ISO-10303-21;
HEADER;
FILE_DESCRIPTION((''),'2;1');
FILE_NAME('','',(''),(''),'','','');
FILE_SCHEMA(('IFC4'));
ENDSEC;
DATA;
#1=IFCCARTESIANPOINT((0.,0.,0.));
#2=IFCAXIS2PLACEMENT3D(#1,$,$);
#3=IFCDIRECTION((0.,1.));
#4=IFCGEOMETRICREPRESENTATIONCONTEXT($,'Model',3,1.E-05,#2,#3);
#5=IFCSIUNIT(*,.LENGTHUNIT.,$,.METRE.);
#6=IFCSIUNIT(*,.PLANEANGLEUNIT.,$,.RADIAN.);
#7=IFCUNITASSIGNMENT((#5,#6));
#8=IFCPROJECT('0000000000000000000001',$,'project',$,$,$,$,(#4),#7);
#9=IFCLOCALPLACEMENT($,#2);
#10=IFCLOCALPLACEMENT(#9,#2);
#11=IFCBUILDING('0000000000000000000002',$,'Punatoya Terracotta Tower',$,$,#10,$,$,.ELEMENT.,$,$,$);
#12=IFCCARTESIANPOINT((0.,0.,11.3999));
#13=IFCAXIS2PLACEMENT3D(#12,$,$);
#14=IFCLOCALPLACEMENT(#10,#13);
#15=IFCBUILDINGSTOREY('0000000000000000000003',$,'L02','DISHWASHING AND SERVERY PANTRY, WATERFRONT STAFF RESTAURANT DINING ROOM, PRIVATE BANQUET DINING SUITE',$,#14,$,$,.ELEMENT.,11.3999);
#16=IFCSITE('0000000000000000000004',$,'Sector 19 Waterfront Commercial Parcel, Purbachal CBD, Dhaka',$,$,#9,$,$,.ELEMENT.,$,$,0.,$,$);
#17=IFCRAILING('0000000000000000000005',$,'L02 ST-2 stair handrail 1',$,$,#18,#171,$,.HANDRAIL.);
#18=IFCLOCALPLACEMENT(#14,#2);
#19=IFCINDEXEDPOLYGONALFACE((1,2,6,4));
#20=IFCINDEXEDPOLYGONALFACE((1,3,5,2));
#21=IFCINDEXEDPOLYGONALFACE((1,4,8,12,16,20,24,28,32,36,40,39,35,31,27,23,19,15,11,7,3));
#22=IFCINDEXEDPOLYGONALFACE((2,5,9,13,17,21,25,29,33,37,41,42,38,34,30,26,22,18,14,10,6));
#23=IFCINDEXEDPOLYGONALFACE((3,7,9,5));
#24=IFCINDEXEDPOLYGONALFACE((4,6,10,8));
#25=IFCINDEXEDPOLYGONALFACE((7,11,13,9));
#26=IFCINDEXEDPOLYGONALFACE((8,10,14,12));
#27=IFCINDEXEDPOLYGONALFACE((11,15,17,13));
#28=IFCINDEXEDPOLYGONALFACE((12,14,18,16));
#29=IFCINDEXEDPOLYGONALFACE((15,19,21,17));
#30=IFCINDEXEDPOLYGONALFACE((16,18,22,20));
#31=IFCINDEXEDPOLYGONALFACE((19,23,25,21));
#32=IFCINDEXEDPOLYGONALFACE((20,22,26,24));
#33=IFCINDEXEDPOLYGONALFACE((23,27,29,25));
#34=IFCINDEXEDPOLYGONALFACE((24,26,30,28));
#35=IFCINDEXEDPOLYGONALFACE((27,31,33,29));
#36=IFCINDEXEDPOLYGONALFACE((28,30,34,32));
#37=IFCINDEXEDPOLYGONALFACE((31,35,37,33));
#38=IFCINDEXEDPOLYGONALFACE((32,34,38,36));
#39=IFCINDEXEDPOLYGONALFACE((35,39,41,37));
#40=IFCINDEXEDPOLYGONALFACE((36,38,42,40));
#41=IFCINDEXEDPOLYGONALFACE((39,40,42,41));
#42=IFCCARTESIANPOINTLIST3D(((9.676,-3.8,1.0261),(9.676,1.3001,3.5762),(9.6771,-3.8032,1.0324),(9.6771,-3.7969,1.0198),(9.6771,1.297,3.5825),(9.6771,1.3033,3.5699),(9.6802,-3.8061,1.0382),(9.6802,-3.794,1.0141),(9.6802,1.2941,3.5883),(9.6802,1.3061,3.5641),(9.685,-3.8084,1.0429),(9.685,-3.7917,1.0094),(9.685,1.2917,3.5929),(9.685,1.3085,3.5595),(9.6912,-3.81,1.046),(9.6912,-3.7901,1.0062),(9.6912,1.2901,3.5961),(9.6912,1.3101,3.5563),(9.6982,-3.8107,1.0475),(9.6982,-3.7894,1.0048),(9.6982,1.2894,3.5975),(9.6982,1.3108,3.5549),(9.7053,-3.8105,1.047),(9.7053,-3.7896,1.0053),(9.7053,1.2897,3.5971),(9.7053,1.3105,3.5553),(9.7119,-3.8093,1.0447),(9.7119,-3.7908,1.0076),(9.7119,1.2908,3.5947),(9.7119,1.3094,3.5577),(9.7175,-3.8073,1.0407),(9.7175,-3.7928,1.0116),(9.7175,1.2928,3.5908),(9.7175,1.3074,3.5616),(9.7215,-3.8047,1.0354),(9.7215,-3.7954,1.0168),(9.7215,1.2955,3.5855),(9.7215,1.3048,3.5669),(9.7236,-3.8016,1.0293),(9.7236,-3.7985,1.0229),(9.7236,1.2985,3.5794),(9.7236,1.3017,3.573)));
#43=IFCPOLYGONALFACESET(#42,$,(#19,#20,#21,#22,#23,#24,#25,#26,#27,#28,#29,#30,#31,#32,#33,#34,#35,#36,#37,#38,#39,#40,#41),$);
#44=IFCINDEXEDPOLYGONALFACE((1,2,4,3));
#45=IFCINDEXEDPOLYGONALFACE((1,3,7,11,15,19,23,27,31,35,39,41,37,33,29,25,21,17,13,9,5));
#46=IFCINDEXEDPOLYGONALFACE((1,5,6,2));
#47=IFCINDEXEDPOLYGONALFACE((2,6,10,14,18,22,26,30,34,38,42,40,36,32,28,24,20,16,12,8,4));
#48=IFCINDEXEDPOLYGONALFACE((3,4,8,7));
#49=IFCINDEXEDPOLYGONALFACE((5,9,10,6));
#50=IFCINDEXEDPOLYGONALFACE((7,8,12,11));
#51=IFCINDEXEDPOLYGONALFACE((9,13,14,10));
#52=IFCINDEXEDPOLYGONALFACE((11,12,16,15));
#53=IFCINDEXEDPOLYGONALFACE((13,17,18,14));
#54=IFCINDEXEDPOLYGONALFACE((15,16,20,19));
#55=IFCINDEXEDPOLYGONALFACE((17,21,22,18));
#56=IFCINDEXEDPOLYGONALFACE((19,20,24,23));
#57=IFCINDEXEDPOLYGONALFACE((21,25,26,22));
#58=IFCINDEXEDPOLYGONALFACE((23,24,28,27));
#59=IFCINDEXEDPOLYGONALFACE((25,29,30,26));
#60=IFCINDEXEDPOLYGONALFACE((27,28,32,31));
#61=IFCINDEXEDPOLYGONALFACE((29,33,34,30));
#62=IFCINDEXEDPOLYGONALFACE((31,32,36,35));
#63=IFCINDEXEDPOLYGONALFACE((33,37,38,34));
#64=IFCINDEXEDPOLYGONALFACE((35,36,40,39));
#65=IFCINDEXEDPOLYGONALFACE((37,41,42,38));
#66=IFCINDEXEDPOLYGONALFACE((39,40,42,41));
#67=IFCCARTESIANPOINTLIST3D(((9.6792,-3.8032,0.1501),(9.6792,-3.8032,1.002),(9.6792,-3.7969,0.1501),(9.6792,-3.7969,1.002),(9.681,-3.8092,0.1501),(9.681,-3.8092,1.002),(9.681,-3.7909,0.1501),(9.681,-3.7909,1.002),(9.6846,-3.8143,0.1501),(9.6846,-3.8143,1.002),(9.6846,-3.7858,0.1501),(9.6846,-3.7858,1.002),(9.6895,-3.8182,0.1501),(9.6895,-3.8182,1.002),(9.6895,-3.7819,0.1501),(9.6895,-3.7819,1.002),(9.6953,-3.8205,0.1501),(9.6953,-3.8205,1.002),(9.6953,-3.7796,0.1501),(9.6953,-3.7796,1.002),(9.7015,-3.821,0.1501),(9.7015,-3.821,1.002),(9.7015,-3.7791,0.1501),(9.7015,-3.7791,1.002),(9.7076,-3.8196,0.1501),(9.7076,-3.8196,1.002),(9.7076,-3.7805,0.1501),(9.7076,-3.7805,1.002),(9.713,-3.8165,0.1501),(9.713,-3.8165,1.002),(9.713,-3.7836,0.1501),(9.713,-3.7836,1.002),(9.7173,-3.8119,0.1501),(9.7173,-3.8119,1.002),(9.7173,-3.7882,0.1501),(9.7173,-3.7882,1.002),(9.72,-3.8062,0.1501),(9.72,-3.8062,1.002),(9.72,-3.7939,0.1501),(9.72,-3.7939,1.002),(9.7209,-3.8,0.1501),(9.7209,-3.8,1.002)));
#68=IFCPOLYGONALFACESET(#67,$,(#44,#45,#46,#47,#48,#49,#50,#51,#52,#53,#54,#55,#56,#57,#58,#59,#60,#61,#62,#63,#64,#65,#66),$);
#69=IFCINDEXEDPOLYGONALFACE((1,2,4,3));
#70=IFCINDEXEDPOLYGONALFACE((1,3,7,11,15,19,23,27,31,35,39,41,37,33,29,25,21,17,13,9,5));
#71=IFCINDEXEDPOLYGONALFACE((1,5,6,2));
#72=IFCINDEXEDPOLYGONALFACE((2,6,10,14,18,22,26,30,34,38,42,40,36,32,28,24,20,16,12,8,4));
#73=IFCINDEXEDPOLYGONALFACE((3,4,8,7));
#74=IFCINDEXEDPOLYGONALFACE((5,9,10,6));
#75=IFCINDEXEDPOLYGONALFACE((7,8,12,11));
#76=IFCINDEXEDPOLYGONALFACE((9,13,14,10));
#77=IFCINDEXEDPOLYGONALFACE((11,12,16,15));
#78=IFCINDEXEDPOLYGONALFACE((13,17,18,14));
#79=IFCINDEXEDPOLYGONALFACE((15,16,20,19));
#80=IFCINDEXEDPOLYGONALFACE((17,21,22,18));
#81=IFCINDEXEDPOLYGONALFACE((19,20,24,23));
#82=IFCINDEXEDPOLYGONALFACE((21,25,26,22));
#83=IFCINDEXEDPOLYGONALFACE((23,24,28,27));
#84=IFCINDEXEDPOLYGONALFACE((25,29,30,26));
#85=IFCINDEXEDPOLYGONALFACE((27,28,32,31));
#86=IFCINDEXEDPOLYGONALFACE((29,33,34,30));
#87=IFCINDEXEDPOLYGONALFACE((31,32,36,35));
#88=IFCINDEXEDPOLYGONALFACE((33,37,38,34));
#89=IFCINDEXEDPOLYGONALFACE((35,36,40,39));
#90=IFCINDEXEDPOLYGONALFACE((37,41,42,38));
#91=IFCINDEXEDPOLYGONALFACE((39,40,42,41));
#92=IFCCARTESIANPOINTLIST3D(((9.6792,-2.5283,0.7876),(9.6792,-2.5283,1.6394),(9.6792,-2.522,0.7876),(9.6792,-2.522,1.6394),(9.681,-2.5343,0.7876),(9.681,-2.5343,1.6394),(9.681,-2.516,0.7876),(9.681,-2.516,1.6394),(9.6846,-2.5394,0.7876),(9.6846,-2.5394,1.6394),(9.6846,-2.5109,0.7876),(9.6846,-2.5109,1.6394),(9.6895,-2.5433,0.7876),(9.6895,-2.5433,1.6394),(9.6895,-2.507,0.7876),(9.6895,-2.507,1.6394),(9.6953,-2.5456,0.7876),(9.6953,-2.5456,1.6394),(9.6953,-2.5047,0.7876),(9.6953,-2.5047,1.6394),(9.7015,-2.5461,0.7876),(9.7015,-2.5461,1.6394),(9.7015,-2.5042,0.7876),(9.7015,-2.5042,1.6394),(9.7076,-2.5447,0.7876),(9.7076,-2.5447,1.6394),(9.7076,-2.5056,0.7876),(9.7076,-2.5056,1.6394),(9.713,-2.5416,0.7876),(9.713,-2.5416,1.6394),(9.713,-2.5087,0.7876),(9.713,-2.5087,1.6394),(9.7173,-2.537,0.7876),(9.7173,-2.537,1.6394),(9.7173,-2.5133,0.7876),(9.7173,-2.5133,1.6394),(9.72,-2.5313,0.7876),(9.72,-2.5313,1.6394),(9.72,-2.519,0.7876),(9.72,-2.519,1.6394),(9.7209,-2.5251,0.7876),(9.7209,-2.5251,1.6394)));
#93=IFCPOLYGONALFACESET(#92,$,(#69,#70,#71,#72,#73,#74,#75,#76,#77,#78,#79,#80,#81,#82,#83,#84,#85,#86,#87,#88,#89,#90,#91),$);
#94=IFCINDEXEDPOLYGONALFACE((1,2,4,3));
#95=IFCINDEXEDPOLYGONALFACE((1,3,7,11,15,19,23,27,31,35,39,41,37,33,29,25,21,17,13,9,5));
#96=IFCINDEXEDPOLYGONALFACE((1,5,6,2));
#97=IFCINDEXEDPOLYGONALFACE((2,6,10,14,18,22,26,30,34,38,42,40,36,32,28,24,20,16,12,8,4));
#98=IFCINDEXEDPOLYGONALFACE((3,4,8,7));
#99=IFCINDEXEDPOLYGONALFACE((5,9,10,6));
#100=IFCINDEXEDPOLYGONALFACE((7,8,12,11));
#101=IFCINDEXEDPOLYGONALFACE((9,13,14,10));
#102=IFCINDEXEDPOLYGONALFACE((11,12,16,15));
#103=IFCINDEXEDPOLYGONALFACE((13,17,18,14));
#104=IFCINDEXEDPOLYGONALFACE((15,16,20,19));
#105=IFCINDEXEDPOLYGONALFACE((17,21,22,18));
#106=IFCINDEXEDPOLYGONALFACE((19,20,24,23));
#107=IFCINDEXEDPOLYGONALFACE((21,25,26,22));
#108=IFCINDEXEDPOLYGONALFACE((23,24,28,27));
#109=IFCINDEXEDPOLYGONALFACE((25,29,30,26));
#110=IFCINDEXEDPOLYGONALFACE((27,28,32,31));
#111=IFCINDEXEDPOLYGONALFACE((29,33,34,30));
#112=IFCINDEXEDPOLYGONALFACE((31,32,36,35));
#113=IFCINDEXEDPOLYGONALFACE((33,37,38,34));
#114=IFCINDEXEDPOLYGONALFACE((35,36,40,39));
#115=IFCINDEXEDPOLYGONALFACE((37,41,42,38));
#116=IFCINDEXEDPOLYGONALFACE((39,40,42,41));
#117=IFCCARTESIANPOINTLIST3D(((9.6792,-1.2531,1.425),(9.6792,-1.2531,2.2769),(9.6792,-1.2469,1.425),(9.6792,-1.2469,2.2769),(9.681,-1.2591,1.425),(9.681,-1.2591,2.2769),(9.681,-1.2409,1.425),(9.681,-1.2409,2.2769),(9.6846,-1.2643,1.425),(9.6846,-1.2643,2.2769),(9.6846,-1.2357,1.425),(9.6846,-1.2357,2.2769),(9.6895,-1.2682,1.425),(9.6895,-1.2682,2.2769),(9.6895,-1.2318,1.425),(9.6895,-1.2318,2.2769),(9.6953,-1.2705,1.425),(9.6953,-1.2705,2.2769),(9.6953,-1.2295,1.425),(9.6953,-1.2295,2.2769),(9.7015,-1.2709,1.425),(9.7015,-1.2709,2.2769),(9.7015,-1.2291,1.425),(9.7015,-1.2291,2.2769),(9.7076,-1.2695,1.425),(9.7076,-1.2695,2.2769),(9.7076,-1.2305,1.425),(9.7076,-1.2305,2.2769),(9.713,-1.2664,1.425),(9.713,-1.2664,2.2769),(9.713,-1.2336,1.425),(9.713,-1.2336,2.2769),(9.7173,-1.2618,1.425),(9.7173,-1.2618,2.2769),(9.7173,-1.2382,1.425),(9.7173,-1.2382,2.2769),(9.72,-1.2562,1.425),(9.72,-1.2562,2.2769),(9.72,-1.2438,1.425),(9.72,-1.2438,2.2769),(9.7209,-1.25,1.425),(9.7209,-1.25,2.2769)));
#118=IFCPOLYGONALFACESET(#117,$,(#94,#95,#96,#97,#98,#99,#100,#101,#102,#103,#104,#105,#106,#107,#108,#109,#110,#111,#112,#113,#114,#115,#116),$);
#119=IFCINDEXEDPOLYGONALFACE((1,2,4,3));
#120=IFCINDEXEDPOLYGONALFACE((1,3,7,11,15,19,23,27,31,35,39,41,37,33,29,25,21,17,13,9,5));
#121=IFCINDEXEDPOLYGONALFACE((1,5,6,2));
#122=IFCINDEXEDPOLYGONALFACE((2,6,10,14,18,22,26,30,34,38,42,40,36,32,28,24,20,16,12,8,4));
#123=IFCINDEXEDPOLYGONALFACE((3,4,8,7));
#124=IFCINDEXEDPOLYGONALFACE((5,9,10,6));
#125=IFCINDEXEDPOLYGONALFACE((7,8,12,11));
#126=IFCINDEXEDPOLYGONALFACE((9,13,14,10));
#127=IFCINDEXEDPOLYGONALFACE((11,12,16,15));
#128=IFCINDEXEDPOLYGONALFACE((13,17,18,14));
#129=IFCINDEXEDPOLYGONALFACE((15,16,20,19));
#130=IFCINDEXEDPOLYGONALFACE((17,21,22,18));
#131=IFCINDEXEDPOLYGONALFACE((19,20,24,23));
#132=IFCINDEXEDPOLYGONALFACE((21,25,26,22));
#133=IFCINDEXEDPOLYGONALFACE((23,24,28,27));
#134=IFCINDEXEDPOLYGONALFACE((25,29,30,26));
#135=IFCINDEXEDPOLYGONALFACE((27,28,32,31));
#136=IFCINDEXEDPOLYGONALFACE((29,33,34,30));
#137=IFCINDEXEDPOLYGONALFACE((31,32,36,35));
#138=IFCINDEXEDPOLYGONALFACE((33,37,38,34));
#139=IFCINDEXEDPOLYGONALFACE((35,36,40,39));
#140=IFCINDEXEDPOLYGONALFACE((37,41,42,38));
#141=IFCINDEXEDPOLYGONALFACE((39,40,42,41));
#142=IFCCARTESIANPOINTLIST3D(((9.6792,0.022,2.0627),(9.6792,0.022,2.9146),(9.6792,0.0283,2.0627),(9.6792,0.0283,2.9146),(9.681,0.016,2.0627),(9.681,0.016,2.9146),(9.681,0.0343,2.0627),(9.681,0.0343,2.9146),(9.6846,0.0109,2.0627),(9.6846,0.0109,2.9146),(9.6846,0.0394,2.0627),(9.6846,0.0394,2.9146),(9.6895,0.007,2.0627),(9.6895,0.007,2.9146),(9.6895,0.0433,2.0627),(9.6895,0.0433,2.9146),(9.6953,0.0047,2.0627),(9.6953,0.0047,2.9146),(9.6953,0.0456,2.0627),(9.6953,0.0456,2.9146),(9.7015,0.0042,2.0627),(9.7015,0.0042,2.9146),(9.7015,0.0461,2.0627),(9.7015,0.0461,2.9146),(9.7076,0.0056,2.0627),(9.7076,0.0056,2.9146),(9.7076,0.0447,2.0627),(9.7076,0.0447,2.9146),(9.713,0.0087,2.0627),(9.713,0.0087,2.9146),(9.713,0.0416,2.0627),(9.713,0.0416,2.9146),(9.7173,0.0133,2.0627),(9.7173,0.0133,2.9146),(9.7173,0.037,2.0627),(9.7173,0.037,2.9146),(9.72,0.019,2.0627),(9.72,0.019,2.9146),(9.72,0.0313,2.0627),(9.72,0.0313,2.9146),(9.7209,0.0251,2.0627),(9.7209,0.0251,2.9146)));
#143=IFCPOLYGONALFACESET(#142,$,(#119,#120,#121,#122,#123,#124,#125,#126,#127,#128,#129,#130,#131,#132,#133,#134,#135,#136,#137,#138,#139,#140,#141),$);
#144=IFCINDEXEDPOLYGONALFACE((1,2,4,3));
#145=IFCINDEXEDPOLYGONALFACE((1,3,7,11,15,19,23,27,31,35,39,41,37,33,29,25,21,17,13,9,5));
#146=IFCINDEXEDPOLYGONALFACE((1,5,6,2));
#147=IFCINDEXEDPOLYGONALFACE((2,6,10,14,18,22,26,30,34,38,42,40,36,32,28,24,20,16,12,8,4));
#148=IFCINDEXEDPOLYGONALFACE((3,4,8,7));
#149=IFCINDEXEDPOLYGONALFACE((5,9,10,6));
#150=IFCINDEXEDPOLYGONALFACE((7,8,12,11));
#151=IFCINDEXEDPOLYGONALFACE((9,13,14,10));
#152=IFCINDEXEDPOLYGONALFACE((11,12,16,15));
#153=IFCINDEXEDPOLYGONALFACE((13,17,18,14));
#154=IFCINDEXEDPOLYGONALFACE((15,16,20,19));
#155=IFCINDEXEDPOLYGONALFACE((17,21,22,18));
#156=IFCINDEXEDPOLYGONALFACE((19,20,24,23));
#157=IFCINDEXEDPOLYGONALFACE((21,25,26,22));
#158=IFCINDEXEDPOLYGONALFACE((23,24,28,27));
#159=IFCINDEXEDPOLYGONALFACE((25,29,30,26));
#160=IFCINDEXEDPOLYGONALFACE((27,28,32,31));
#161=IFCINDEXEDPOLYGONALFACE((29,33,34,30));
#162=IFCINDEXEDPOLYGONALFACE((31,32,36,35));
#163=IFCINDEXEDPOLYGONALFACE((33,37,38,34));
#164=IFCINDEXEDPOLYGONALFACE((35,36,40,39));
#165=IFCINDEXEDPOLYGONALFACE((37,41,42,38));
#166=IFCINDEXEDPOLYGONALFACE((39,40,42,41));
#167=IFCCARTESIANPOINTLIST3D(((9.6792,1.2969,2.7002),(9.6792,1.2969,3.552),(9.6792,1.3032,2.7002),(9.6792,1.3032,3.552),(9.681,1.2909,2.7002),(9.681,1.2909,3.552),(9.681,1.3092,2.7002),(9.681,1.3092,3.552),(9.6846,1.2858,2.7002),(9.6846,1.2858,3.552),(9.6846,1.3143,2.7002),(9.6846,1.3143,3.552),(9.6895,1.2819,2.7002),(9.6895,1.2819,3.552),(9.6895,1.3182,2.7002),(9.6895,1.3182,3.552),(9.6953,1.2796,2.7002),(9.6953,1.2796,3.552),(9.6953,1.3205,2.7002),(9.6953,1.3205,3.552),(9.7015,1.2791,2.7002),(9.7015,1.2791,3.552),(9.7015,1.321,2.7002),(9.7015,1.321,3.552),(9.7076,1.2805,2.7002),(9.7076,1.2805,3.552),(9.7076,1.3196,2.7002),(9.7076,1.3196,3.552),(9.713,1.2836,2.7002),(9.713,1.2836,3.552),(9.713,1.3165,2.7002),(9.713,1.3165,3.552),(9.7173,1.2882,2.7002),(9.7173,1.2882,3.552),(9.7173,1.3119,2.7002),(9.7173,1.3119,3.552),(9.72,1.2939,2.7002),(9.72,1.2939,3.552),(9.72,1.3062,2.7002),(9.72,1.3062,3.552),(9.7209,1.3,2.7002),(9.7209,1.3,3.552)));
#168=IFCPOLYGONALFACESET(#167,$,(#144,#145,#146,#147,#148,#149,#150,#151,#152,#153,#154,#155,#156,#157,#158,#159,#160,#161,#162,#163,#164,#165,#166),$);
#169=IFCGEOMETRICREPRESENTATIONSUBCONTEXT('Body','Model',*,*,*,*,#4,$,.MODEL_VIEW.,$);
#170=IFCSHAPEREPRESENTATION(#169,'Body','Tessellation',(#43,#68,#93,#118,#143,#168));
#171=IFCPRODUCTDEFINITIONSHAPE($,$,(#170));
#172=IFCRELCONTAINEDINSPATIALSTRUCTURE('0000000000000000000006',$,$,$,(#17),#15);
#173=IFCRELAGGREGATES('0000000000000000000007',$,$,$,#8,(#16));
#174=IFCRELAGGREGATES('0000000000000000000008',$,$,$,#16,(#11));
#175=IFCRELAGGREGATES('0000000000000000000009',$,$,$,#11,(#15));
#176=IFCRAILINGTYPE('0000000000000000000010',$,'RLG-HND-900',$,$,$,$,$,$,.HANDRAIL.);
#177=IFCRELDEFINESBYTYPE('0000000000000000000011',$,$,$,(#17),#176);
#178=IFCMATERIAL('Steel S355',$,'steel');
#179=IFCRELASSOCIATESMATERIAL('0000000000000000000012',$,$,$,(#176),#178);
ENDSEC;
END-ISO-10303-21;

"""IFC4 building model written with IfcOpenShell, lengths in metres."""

from ifc_helpers import new_model, si_unit, direction, frame, origin, origin_2d, place, context, subcontext, project, spatial, circle, extrude, material, type_object, element, save


model = new_model("IFC4")

# Units and contexts
model_context = context("Model", 3, precision=1e-05, world=origin(), true_north=direction((0.0, 1.0)))
body_context = subcontext(model_context, "Body", "Model", "MODEL_VIEW")
ifc_project = project(units=[si_unit("LENGTHUNIT", "METRE"), si_unit("PLANEANGLEUNIT", "RADIAN")], contexts=[model_context])

# Site, building, storey
site_placement = place(None, origin())
site = spatial("IfcSite", under=ifc_project, at=site_placement, Name="Sector 19 Waterfront Commercial Parcel, Purbachal CBD, Dhaka", CompositionType="ELEMENT", RefElevation=0.0)
building_placement = place(site_placement, origin())
building = spatial("IfcBuilding", under=site, at=building_placement, Name="Punatoya Terracotta Tower", CompositionType="ELEMENT")
storey_placement = place(building_placement, frame((0.0, 0.0, 11.3999)))
storey = spatial("IfcBuildingStorey", under=building, at=storey_placement, Name="L02", Description="DISHWASHING AND SERVERY PANTRY, WATERFRONT STAFF RESTAURANT DINING ROOM, PRIVATE BANQUET DINING SUITE", CompositionType="ELEMENT", Elevation=11.3999)

# Shared definitions
ifc_material_1 = material(Name="Steel S355", Category="steel")

# Railing
railing_type = type_object("IfcRailingType", Name="RLG-HND-900", PredefinedType="HANDRAIL", material=ifc_material_1)
railing_placement = place(storey_placement, frame((9.7, -3.8, 0.1501)))
element("IfcRailing", 1, at=railing_placement, inside=storey, type_object=railing_type, Name="L02 ST-2 stair handrail 1", PredefinedType="HANDRAIL", context=body_context, shape_type="SweptSolid", body=[
    extrude(circle(Radius=0.0239, at=origin_2d()), frame((0.0, 0.0, 0.876), z_axis=(0.0, 0.894427, 0.447214), x_axis=(-1.0, 0.0, 0.0)), (0.0, 0.0, 1.0), 5.7021),
    extrude(circle(Radius=0.021, at=origin_2d()), origin(), (0.0, 0.0, 1.0), 0.8518),
    extrude(circle(Radius=0.021, at=origin_2d()), frame((0.0, 1.2749, 0.6375)), (0.0, 0.0, 1.0), 0.8518),
    extrude(circle(Radius=0.021, at=origin_2d()), frame((0.0, 2.55, 1.2749)), (0.0, 0.0, 1.0), 0.8518),
    extrude(circle(Radius=0.021, at=origin_2d()), frame((0.0, 3.8252, 1.9126)), (0.0, 0.0, 1.0), 0.8518),
    extrude(circle(Radius=0.021, at=origin_2d()), frame((0.0, 5.1001, 2.55)), (0.0, 0.0, 1.0), 0.8518),
])

save(model, "model.ifc")
